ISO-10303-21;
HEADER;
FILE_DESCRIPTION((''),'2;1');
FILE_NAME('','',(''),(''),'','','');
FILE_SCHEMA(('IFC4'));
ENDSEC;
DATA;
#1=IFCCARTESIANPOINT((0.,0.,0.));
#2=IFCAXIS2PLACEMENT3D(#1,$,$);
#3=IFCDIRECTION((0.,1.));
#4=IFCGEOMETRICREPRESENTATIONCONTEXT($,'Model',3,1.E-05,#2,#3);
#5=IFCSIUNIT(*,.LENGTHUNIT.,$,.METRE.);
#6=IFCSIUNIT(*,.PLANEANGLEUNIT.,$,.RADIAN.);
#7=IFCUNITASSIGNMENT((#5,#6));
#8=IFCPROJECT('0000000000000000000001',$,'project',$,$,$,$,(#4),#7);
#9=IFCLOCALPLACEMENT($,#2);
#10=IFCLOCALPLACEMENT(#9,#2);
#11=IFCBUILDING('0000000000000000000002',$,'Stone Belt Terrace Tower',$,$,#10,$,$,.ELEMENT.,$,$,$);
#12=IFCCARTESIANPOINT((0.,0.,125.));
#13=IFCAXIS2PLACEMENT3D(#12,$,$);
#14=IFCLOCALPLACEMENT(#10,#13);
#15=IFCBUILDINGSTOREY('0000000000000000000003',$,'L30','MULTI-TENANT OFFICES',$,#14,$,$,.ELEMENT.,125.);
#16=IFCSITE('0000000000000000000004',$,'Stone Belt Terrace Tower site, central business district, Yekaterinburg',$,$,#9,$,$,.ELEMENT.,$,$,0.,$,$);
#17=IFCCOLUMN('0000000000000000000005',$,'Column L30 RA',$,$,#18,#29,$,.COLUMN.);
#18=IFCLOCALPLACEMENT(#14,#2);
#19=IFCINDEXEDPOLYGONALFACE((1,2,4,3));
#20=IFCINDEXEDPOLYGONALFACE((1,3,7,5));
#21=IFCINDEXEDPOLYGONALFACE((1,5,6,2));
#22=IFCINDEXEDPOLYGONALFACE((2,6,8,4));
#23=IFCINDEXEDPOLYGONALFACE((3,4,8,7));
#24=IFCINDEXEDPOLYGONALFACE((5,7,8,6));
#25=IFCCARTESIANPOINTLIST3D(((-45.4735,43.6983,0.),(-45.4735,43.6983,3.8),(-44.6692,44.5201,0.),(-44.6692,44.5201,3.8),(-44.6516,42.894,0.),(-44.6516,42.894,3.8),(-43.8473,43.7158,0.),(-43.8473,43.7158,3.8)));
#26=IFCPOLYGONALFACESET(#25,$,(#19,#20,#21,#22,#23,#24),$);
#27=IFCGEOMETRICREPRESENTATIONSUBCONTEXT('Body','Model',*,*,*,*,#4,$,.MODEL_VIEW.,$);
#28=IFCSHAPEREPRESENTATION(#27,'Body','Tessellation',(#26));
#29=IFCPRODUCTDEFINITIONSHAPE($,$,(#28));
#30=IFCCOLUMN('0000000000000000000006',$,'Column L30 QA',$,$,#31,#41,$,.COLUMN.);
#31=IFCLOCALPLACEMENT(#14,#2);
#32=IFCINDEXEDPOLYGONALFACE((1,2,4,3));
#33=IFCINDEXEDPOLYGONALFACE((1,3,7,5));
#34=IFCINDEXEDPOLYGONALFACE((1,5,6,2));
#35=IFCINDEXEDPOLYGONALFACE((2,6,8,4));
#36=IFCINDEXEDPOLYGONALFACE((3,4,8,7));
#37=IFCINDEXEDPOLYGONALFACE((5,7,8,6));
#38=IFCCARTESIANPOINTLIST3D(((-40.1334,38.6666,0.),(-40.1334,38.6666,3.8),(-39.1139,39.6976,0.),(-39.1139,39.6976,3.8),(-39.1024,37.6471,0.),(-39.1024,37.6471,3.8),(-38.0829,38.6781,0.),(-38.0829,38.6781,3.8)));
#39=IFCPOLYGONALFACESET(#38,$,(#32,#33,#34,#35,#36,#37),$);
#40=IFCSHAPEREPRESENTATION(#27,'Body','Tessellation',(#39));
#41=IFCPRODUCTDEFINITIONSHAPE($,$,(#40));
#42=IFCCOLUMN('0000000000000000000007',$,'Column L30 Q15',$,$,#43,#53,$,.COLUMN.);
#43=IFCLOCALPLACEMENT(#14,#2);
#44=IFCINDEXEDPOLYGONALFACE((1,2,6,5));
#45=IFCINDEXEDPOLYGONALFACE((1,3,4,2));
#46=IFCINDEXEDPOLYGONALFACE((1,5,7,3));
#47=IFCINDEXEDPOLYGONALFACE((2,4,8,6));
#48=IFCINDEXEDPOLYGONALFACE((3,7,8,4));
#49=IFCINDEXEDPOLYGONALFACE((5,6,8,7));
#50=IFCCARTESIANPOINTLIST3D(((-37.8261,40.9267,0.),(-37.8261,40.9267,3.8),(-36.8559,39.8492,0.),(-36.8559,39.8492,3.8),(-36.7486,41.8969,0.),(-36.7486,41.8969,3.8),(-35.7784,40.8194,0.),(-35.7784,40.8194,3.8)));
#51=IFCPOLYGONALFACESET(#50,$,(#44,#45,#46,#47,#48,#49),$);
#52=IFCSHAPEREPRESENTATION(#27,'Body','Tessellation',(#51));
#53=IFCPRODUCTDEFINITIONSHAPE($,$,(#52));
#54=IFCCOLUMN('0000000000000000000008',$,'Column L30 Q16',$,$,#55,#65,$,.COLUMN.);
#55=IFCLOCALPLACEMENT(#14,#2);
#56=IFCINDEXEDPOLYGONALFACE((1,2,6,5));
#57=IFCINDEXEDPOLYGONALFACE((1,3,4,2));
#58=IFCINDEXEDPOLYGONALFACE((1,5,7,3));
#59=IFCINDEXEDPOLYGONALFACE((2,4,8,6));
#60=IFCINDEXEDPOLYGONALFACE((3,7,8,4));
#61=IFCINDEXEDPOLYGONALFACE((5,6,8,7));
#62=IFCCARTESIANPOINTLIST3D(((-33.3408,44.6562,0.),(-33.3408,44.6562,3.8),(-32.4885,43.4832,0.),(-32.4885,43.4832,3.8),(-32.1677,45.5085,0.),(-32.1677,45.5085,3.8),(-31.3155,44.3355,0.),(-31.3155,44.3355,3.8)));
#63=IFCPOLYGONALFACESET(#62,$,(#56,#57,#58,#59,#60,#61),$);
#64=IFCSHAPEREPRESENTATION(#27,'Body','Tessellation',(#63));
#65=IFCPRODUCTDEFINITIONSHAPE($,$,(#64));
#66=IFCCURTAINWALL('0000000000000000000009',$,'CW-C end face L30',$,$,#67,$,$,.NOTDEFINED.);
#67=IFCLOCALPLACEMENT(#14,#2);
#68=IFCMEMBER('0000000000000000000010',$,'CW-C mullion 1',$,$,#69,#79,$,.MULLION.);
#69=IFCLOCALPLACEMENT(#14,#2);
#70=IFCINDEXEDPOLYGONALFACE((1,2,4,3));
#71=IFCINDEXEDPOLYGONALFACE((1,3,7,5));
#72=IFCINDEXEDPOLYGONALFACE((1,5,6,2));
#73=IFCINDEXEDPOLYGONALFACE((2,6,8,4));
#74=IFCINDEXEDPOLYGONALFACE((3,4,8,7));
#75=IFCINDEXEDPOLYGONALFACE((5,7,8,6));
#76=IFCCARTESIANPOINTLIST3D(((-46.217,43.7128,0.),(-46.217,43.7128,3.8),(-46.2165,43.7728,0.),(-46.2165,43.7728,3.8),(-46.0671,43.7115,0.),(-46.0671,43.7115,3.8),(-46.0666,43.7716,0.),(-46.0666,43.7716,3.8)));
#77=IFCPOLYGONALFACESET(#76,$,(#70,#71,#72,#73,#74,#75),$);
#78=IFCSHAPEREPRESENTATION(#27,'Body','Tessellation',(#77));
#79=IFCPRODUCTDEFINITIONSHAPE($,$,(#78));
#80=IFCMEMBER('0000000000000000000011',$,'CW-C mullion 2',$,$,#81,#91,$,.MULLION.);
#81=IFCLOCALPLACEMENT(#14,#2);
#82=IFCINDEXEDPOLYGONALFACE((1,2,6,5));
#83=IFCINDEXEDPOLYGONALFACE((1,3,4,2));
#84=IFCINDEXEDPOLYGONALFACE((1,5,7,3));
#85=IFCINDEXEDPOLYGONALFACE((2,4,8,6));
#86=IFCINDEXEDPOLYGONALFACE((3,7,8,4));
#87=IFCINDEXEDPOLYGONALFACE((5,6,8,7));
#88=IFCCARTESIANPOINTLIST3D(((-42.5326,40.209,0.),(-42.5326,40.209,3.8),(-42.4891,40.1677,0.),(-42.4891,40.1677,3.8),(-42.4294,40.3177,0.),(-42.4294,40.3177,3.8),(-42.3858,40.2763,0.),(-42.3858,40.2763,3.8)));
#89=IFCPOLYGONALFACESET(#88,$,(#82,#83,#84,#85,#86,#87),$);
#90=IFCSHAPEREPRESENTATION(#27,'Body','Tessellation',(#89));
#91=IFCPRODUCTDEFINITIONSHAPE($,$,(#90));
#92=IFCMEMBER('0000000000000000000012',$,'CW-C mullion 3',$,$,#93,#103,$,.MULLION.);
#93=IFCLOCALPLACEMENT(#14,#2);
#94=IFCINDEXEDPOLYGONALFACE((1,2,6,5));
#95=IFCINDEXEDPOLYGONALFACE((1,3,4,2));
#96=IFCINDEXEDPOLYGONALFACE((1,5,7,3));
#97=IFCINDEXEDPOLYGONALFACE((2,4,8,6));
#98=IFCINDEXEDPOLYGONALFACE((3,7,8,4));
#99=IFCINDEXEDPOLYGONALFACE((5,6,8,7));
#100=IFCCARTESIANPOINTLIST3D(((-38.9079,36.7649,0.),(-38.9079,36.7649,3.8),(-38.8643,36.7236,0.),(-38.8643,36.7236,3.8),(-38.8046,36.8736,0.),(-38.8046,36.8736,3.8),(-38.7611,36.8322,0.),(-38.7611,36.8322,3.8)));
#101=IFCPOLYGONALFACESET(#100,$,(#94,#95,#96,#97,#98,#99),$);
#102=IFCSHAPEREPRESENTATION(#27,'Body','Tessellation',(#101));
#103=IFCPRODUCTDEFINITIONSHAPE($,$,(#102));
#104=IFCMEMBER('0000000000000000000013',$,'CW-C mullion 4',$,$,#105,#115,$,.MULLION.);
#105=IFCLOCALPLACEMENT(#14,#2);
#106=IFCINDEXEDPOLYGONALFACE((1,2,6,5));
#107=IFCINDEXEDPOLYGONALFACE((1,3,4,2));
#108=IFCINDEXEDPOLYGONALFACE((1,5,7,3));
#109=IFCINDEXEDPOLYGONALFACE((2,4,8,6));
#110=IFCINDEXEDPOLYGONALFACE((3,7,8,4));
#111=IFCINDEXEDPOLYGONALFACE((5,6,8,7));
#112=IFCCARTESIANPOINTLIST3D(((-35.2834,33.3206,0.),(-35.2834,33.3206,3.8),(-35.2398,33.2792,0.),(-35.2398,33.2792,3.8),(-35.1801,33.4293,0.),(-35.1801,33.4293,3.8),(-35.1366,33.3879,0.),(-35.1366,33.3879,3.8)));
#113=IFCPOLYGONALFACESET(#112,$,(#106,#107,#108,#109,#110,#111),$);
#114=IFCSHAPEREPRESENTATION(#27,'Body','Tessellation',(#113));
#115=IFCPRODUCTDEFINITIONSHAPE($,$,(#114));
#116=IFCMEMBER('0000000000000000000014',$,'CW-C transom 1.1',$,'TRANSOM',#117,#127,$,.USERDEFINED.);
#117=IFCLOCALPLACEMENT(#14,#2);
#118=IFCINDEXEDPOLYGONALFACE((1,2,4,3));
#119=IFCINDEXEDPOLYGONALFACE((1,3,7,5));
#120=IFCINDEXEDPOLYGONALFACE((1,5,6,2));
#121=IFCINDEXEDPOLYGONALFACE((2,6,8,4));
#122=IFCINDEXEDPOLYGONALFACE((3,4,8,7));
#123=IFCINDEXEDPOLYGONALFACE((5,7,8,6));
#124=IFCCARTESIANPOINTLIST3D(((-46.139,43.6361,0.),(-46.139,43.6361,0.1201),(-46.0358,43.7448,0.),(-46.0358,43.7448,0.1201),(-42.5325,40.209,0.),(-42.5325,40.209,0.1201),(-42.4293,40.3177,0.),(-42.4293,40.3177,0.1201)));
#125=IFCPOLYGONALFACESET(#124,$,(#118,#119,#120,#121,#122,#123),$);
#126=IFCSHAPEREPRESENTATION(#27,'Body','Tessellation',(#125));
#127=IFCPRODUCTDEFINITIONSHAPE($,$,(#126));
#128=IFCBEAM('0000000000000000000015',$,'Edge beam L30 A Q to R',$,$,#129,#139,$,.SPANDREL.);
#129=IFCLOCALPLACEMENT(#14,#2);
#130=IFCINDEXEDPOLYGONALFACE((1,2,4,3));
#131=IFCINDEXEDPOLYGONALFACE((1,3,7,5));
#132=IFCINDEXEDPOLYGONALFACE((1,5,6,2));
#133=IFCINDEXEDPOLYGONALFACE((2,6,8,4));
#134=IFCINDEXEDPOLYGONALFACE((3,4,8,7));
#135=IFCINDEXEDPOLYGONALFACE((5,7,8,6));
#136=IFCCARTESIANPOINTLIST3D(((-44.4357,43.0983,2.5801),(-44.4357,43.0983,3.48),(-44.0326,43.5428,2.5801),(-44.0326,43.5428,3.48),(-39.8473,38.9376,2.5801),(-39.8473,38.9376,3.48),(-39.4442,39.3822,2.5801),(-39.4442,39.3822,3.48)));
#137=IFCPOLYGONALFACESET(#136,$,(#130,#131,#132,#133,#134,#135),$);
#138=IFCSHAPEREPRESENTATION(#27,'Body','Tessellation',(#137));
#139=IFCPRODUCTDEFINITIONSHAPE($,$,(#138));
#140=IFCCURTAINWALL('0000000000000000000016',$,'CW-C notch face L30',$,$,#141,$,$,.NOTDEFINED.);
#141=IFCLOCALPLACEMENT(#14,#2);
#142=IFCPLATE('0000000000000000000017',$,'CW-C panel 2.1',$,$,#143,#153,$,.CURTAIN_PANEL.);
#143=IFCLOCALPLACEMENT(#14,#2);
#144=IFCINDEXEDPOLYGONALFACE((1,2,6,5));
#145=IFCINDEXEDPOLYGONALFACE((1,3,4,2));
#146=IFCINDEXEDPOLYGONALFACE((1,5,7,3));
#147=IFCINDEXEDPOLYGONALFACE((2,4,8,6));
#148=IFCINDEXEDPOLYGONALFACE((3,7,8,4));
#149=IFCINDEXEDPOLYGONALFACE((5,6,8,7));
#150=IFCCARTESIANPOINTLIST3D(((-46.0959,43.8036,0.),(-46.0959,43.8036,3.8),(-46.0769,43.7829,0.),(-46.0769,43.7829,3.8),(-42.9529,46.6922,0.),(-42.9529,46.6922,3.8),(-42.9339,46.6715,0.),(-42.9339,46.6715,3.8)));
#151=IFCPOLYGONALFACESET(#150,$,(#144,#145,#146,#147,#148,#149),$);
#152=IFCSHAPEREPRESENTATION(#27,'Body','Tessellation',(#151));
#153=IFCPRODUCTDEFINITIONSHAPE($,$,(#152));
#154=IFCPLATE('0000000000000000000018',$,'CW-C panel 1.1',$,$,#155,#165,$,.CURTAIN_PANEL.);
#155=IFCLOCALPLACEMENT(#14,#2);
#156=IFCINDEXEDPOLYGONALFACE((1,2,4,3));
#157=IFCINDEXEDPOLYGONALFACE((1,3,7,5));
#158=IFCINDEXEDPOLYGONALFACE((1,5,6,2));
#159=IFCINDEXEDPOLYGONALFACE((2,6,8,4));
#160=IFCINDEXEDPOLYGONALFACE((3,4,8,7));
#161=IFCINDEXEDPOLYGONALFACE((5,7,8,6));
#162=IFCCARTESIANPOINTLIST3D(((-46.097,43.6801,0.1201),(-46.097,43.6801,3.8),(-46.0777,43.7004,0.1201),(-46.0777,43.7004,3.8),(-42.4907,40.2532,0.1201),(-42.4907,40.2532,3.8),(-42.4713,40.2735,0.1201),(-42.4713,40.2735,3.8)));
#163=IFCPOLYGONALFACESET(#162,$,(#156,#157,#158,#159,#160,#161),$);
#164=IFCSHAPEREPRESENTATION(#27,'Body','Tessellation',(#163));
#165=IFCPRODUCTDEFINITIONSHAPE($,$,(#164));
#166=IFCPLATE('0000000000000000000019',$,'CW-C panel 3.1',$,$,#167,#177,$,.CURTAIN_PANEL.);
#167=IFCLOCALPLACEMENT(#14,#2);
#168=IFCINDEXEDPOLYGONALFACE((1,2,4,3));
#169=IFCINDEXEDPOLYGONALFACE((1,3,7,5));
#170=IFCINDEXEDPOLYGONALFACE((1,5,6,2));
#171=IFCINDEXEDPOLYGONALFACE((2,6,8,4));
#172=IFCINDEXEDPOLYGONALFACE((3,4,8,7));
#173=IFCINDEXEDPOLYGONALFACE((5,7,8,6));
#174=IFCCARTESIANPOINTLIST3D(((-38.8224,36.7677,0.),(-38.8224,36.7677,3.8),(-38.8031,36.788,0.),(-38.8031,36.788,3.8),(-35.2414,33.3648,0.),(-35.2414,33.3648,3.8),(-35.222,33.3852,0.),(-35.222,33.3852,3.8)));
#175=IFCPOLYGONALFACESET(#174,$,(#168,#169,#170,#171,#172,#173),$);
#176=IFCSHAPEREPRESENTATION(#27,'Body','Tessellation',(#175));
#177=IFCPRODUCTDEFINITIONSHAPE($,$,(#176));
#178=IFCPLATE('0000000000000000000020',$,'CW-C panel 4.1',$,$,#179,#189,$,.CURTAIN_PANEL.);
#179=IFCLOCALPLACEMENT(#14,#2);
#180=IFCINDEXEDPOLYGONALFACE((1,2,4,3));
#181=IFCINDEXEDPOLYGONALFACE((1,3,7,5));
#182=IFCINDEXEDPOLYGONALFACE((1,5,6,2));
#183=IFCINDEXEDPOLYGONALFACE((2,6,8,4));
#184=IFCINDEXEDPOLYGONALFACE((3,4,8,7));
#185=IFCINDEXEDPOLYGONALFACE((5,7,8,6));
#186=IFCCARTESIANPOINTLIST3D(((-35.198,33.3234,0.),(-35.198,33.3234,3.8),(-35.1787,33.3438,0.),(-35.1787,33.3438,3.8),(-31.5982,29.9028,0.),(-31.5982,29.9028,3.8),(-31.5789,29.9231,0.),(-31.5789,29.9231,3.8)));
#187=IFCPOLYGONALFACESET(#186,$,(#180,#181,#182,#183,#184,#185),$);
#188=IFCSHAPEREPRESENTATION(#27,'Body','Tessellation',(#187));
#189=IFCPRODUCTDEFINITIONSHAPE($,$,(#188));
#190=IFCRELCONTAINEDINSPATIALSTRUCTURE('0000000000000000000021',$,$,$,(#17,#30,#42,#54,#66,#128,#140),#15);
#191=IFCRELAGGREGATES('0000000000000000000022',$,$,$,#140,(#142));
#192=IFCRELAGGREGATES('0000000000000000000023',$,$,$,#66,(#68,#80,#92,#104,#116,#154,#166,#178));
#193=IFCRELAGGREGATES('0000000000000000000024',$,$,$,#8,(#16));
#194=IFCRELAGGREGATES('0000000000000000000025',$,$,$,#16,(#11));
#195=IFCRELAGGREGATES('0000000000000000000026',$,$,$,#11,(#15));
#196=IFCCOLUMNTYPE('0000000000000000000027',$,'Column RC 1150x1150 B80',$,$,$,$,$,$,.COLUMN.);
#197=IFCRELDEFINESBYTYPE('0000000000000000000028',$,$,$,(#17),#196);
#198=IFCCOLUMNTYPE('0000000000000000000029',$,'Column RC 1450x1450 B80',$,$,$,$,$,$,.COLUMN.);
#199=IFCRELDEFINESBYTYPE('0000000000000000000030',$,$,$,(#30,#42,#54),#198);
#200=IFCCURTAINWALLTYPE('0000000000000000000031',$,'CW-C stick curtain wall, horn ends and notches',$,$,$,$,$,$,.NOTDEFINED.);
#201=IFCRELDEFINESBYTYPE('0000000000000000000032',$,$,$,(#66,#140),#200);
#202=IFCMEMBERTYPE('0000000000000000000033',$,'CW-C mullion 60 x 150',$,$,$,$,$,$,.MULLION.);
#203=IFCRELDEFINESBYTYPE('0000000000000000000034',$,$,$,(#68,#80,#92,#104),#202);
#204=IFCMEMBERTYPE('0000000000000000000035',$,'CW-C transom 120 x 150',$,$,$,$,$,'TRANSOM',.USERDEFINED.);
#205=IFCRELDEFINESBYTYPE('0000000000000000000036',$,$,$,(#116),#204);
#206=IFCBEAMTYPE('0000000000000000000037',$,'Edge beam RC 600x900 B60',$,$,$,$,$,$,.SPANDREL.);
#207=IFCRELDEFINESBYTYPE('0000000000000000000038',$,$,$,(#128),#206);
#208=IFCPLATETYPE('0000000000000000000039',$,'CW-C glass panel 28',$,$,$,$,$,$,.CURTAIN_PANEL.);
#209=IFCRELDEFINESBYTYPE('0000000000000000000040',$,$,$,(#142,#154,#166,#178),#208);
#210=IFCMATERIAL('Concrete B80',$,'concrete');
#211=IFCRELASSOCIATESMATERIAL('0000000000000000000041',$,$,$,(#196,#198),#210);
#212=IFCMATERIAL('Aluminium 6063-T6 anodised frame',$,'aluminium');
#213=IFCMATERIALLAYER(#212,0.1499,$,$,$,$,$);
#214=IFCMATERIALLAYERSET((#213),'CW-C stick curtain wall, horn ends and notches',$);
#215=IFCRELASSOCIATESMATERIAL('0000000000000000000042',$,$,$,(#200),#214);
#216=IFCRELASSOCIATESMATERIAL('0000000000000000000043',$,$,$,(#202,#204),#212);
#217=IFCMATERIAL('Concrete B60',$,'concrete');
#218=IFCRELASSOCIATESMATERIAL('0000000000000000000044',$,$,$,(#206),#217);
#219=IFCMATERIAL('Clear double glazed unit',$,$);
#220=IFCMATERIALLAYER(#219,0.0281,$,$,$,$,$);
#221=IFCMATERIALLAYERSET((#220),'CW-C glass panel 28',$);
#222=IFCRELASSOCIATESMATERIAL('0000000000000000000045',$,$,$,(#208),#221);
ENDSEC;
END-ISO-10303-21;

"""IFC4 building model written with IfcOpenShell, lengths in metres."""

from ifc_helpers import new_model, si_unit, direction, frame, origin, origin_2d, place, context, subcontext, project, spatial, rectangle, extrude, material, layer, layer_set, material_profile, profile_set, type_object, element, aggregate, save


model = new_model("IFC4")

# Units and contexts
model_context = context("Model", 3, precision=1e-05, world=origin(), true_north=direction((0.0, 1.0)))
body_context = subcontext(model_context, "Body", "Model", "MODEL_VIEW")
ifc_project = project(units=[si_unit("LENGTHUNIT", "METRE"), si_unit("PLANEANGLEUNIT", "RADIAN")], contexts=[model_context])

# Site, building, storey
site_placement = place(None, origin())
site = spatial("IfcSite", under=ifc_project, at=site_placement, Name="Stone Belt Terrace Tower site, central business district, Yekaterinburg", CompositionType="ELEMENT", RefElevation=0.0)
building_placement = place(site_placement, origin())
building = spatial("IfcBuilding", under=site, at=building_placement, Name="Stone Belt Terrace Tower", CompositionType="ELEMENT")
storey_placement = place(building_placement, frame((0.0, 0.0, 125.0)))
storey = spatial("IfcBuildingStorey", under=building, at=storey_placement, Name="L30", Description="MULTI-TENANT OFFICES", CompositionType="ELEMENT", Elevation=125.0)

# Columns
ifc_material_1 = material(Name="Concrete B80", Category="concrete")
ifc_material_profile_1 = material_profile(ifc_material_1, rectangle(XDim=1.1499, YDim=1.1499, at=origin_2d()), Name="RC 1150x1150")
ifc_profile_set_1 = profile_set([ifc_material_profile_1], Name="Concrete B80")
column_type_1 = type_object("IfcColumnType", Name="Column RC 1150x1150 B80", PredefinedType="COLUMN", material=ifc_profile_set_1)
column_placement = place(storey_placement, frame((-44.6604, 43.707, 0.0), z_axis=(0.0, 0.0, 1.0), x_axis=(0.699438, 0.714694, 0.0)))
element("IfcColumn", 1, at=column_placement, inside=storey, type_object=column_type_1, Name="Column L30 RA", PredefinedType="COLUMN", context=body_context, shape_type="SweptSolid", body=[
    extrude(rectangle(XDim=1.1499, YDim=1.1499, at=origin_2d()), origin(), (0.0, 0.0, 1.0), 3.8),
])
ifc_material_profile_2 = material_profile(ifc_material_1, rectangle(XDim=1.45, YDim=1.45, at=origin_2d()), Name="RC 1450x1450")
ifc_profile_set_2 = profile_set([ifc_material_profile_2], Name="Concrete B80")
column_type_2 = type_object("IfcColumnType", Name="Column RC 1450x1450 B80", PredefinedType="COLUMN", material=ifc_profile_set_2)
for number, where, z_axis, x_axis, name in (
    (2, (-39.1082, 38.6724, 0.0), (0.0, 0.0, 1.0), (0.703134, 0.711057, 0.0), "Column L30 QA"),
    (3, (-36.8022, 40.873, 0.0), (0.0, 0.0, 1.0), (0.743145, 0.669131, 0.0), "Column L30 Q15"),
    (4, (-32.3281, 44.4958, 0.0), (0.0, 0.0, 1.0), (0.809017, 0.587785, 0.0), "Column L30 Q16"),
):
    element("IfcColumn", number, at=place(storey_placement, frame(where, z_axis=z_axis, x_axis=x_axis)), inside=storey, type_object=column_type_2, Name=name, PredefinedType="COLUMN", context=body_context, shape_type="SweptSolid", body=[
        extrude(rectangle(XDim=1.45, YDim=1.45, at=origin_2d()), origin(), (0.0, 0.0, 1.0), 3.8),
    ])

# Curtain wall, members
ifc_material_2 = material(Name="Aluminium 6063-T6 anodised frame", Category="aluminium")
ifc_layer_1 = layer(ifc_material_2, 0.1499)
ifc_layer_set_1 = layer_set([ifc_layer_1], Name="CW-C stick curtain wall, horn ends and notches")
curtain_wall_type = type_object("IfcCurtainWallType", Name="CW-C stick curtain wall, horn ends and notches", PredefinedType="NOTDEFINED", material=ifc_layer_set_1)
curtain_wall_1_placement = place(storey_placement, origin())
curtain_wall_1 = element("IfcCurtainWall", 5, at=curtain_wall_1_placement, inside=storey, type_object=curtain_wall_type, Name="CW-C end face L30", PredefinedType="NOTDEFINED")
ifc_material_profile_3 = material_profile(ifc_material_2, rectangle(XDim=0.1499, YDim=0.0601, at=origin_2d()), Name="Aluminium 6063-T6 60x150")
ifc_profile_set_3 = profile_set([ifc_material_profile_3], Name="Aluminium 6063-T6 anodised frame")
member_type_1 = type_object("IfcMemberType", Name="CW-C mullion 60 x 150", PredefinedType="MULLION", material=ifc_profile_set_3)
member_1_placement = place(storey_placement, frame((-46.1418, 43.7422, 0.0), z_axis=(0.0, 0.0, 1.0), x_axis=(0.999965, -0.008324, 0.0)))
member_1 = element("IfcMember", 6, at=member_1_placement, type_object=member_type_1, Name="CW-C mullion 1", PredefinedType="MULLION", context=body_context, shape_type="SweptSolid", body=[
    extrude(rectangle(XDim=0.1499, YDim=0.0601, at=origin_2d()), origin(), (0.0, 0.0, 1.0), 3.8),
])
member_2_placement = place(storey_placement, frame((-42.4592, 40.2427, 0.0), z_axis=(0.0, 0.0, 1.0), x_axis=(0.68884, 0.724914, 0.0)))
member_2 = element("IfcMember", 7, at=member_2_placement, type_object=member_type_1, Name="CW-C mullion 2", PredefinedType="MULLION", context=body_context, shape_type="SweptSolid", body=[
    extrude(rectangle(XDim=0.1499, YDim=0.0601, at=origin_2d()), origin(), (0.0, 0.0, 1.0), 3.8),
])
member_3_placement = place(storey_placement, frame((-38.8345, 36.7986, 0.0), z_axis=(0.0, 0.0, 1.0), x_axis=(0.68884, 0.724914, 0.0)))
member_3 = element("IfcMember", 8, at=member_3_placement, type_object=member_type_1, Name="CW-C mullion 3", PredefinedType="MULLION", context=body_context, shape_type="SweptSolid", body=[
    extrude(rectangle(XDim=0.1499, YDim=0.0601, at=origin_2d()), origin(), (0.0, 0.0, 1.0), 3.8),
])
member_4_placement = place(storey_placement, frame((-35.21, 33.3542, 0.0), z_axis=(0.0, 0.0, 1.0), x_axis=(0.68884, 0.724914, 0.0)))
member_4 = element("IfcMember", 9, at=member_4_placement, type_object=member_type_1, Name="CW-C mullion 4", PredefinedType="MULLION", context=body_context, shape_type="SweptSolid", body=[
    extrude(rectangle(XDim=0.1499, YDim=0.0601, at=origin_2d()), origin(), (0.0, 0.0, 1.0), 3.8),
])
ifc_material_profile_4 = material_profile(ifc_material_2, rectangle(XDim=0.1499, YDim=0.1201, at=origin_2d()), Name="Aluminium 6063-T6 150x120")
ifc_profile_set_4 = profile_set([ifc_material_profile_4], Name="Aluminium 6063-T6 anodised frame")
member_type_2 = type_object("IfcMemberType", Name="CW-C transom 120 x 150", ElementType="TRANSOM", PredefinedType="USERDEFINED", material=ifc_profile_set_4)
member_5_placement = place(storey_placement, frame((-46.0874, 43.6904, 0.0601), z_axis=(0.724911, -0.688842, 0.0), x_axis=(0.688842, 0.724911, 0.0)))
member_5 = element("IfcMember", 10, at=member_5_placement, type_object=member_type_2, Name="CW-C transom 1.1", ObjectType="TRANSOM", PredefinedType="USERDEFINED", context=body_context, shape_type="SweptSolid", body=[
    extrude(rectangle(XDim=0.1499, YDim=0.1201, at=origin_2d()), origin(), (0.0, 0.0, 1.0), 4.9751),
])

# Beam
ifc_material_3 = material(Name="Concrete B60", Category="concrete")
ifc_material_profile_5 = material_profile(ifc_material_3, rectangle(XDim=0.6001, YDim=0.8999, at=origin_2d()), Name="RC 600x900")
ifc_profile_set_5 = profile_set([ifc_material_profile_5], Name="Concrete B60")
beam_type = type_object("IfcBeamType", Name="Edge beam RC 600x900 B60", PredefinedType="SPANDREL", material=ifc_profile_set_5)
beam_placement = place(storey_placement, frame((-39.6458, 39.1599, 3.03), z_axis=(-0.740792, 0.671734, 0.0), x_axis=(-0.671734, -0.740792, 0.0)))
element("IfcBeam", 11, at=beam_placement, inside=storey, type_object=beam_type, Name="Edge beam L30 A Q to R", PredefinedType="SPANDREL", context=body_context, shape_type="SweptSolid", body=[
    extrude(rectangle(XDim=0.6001, YDim=0.8999, at=origin_2d()), origin(), (0.0, 0.0, 1.0), 6.1938),
])

# Curtain wall, plate
curtain_wall_2_placement = place(storey_placement, origin())
curtain_wall_2 = element("IfcCurtainWall", 12, at=curtain_wall_2_placement, inside=storey, type_object=curtain_wall_type, Name="CW-C notch face L30", PredefinedType="NOTDEFINED")
ifc_material_4 = material(Name="Clear double glazed unit")
ifc_layer_2 = layer(ifc_material_4, 0.0281)
ifc_layer_set_2 = layer_set([ifc_layer_2], Name="CW-C glass panel 28")
plate_type = type_object("IfcPlateType", Name="CW-C glass panel 28", PredefinedType="CURTAIN_PANEL", material=ifc_layer_set_2)
plate_1_placement = place(storey_placement, frame((-44.5149, 45.2375, 0.0), z_axis=(0.0, 0.0, 1.0), x_axis=(-0.73628, -0.676677, 0.0)))
plate_1 = element("IfcPlate", 13, at=plate_1_placement, type_object=plate_type, Name="CW-C panel 2.1", PredefinedType="CURTAIN_PANEL", context=body_context, shape_type="SweptSolid", body=[
    extrude(rectangle(XDim=4.2688, YDim=0.0281, at=origin_2d()), origin(), (0.0, 0.0, 1.0), 3.8),
])
aggregate(curtain_wall_2, [plate_1])

# Plates
plate_2_placement = place(storey_placement, frame((-44.2842, 41.9768, 0.1201), z_axis=(0.0, 0.0, 1.0), x_axis=(0.724914, -0.68884, 0.0)))
plate_2 = element("IfcPlate", 14, at=plate_2_placement, type_object=plate_type, Name="CW-C panel 1.1", PredefinedType="CURTAIN_PANEL", context=body_context, shape_type="SweptSolid", body=[
    extrude(rectangle(XDim=4.9749, YDim=0.0281, at=origin_2d()), origin(), (0.0, 0.0, 1.0), 3.6799),
])
plate_3_placement = place(storey_placement, frame((-37.0222, 35.0764, 0.0), z_axis=(0.0, 0.0, 1.0), x_axis=(0.724914, -0.68884, 0.0)))
plate_3 = element("IfcPlate", 15, at=plate_3_placement, type_object=plate_type, Name="CW-C panel 3.1", PredefinedType="CURTAIN_PANEL", context=body_context, shape_type="SweptSolid", body=[
    extrude(rectangle(XDim=4.9399, YDim=0.0281, at=origin_2d()), origin(), (0.0, 0.0, 1.0), 3.8),
])
plate_4_placement = place(storey_placement, frame((-33.3884, 31.6233, 0.0), z_axis=(0.0, 0.0, 1.0), x_axis=(0.724914, -0.68884, 0.0)))
plate_4 = element("IfcPlate", 16, at=plate_4_placement, type_object=plate_type, Name="CW-C panel 4.1", PredefinedType="CURTAIN_PANEL", context=body_context, shape_type="SweptSolid", body=[
    extrude(rectangle(XDim=4.9658, YDim=0.0281, at=origin_2d()), origin(), (0.0, 0.0, 1.0), 3.8),
])
aggregate(curtain_wall_1, [member_1, member_2, member_3, member_4, member_5, plate_2, plate_3, plate_4])

save(model, "model.ifc")
